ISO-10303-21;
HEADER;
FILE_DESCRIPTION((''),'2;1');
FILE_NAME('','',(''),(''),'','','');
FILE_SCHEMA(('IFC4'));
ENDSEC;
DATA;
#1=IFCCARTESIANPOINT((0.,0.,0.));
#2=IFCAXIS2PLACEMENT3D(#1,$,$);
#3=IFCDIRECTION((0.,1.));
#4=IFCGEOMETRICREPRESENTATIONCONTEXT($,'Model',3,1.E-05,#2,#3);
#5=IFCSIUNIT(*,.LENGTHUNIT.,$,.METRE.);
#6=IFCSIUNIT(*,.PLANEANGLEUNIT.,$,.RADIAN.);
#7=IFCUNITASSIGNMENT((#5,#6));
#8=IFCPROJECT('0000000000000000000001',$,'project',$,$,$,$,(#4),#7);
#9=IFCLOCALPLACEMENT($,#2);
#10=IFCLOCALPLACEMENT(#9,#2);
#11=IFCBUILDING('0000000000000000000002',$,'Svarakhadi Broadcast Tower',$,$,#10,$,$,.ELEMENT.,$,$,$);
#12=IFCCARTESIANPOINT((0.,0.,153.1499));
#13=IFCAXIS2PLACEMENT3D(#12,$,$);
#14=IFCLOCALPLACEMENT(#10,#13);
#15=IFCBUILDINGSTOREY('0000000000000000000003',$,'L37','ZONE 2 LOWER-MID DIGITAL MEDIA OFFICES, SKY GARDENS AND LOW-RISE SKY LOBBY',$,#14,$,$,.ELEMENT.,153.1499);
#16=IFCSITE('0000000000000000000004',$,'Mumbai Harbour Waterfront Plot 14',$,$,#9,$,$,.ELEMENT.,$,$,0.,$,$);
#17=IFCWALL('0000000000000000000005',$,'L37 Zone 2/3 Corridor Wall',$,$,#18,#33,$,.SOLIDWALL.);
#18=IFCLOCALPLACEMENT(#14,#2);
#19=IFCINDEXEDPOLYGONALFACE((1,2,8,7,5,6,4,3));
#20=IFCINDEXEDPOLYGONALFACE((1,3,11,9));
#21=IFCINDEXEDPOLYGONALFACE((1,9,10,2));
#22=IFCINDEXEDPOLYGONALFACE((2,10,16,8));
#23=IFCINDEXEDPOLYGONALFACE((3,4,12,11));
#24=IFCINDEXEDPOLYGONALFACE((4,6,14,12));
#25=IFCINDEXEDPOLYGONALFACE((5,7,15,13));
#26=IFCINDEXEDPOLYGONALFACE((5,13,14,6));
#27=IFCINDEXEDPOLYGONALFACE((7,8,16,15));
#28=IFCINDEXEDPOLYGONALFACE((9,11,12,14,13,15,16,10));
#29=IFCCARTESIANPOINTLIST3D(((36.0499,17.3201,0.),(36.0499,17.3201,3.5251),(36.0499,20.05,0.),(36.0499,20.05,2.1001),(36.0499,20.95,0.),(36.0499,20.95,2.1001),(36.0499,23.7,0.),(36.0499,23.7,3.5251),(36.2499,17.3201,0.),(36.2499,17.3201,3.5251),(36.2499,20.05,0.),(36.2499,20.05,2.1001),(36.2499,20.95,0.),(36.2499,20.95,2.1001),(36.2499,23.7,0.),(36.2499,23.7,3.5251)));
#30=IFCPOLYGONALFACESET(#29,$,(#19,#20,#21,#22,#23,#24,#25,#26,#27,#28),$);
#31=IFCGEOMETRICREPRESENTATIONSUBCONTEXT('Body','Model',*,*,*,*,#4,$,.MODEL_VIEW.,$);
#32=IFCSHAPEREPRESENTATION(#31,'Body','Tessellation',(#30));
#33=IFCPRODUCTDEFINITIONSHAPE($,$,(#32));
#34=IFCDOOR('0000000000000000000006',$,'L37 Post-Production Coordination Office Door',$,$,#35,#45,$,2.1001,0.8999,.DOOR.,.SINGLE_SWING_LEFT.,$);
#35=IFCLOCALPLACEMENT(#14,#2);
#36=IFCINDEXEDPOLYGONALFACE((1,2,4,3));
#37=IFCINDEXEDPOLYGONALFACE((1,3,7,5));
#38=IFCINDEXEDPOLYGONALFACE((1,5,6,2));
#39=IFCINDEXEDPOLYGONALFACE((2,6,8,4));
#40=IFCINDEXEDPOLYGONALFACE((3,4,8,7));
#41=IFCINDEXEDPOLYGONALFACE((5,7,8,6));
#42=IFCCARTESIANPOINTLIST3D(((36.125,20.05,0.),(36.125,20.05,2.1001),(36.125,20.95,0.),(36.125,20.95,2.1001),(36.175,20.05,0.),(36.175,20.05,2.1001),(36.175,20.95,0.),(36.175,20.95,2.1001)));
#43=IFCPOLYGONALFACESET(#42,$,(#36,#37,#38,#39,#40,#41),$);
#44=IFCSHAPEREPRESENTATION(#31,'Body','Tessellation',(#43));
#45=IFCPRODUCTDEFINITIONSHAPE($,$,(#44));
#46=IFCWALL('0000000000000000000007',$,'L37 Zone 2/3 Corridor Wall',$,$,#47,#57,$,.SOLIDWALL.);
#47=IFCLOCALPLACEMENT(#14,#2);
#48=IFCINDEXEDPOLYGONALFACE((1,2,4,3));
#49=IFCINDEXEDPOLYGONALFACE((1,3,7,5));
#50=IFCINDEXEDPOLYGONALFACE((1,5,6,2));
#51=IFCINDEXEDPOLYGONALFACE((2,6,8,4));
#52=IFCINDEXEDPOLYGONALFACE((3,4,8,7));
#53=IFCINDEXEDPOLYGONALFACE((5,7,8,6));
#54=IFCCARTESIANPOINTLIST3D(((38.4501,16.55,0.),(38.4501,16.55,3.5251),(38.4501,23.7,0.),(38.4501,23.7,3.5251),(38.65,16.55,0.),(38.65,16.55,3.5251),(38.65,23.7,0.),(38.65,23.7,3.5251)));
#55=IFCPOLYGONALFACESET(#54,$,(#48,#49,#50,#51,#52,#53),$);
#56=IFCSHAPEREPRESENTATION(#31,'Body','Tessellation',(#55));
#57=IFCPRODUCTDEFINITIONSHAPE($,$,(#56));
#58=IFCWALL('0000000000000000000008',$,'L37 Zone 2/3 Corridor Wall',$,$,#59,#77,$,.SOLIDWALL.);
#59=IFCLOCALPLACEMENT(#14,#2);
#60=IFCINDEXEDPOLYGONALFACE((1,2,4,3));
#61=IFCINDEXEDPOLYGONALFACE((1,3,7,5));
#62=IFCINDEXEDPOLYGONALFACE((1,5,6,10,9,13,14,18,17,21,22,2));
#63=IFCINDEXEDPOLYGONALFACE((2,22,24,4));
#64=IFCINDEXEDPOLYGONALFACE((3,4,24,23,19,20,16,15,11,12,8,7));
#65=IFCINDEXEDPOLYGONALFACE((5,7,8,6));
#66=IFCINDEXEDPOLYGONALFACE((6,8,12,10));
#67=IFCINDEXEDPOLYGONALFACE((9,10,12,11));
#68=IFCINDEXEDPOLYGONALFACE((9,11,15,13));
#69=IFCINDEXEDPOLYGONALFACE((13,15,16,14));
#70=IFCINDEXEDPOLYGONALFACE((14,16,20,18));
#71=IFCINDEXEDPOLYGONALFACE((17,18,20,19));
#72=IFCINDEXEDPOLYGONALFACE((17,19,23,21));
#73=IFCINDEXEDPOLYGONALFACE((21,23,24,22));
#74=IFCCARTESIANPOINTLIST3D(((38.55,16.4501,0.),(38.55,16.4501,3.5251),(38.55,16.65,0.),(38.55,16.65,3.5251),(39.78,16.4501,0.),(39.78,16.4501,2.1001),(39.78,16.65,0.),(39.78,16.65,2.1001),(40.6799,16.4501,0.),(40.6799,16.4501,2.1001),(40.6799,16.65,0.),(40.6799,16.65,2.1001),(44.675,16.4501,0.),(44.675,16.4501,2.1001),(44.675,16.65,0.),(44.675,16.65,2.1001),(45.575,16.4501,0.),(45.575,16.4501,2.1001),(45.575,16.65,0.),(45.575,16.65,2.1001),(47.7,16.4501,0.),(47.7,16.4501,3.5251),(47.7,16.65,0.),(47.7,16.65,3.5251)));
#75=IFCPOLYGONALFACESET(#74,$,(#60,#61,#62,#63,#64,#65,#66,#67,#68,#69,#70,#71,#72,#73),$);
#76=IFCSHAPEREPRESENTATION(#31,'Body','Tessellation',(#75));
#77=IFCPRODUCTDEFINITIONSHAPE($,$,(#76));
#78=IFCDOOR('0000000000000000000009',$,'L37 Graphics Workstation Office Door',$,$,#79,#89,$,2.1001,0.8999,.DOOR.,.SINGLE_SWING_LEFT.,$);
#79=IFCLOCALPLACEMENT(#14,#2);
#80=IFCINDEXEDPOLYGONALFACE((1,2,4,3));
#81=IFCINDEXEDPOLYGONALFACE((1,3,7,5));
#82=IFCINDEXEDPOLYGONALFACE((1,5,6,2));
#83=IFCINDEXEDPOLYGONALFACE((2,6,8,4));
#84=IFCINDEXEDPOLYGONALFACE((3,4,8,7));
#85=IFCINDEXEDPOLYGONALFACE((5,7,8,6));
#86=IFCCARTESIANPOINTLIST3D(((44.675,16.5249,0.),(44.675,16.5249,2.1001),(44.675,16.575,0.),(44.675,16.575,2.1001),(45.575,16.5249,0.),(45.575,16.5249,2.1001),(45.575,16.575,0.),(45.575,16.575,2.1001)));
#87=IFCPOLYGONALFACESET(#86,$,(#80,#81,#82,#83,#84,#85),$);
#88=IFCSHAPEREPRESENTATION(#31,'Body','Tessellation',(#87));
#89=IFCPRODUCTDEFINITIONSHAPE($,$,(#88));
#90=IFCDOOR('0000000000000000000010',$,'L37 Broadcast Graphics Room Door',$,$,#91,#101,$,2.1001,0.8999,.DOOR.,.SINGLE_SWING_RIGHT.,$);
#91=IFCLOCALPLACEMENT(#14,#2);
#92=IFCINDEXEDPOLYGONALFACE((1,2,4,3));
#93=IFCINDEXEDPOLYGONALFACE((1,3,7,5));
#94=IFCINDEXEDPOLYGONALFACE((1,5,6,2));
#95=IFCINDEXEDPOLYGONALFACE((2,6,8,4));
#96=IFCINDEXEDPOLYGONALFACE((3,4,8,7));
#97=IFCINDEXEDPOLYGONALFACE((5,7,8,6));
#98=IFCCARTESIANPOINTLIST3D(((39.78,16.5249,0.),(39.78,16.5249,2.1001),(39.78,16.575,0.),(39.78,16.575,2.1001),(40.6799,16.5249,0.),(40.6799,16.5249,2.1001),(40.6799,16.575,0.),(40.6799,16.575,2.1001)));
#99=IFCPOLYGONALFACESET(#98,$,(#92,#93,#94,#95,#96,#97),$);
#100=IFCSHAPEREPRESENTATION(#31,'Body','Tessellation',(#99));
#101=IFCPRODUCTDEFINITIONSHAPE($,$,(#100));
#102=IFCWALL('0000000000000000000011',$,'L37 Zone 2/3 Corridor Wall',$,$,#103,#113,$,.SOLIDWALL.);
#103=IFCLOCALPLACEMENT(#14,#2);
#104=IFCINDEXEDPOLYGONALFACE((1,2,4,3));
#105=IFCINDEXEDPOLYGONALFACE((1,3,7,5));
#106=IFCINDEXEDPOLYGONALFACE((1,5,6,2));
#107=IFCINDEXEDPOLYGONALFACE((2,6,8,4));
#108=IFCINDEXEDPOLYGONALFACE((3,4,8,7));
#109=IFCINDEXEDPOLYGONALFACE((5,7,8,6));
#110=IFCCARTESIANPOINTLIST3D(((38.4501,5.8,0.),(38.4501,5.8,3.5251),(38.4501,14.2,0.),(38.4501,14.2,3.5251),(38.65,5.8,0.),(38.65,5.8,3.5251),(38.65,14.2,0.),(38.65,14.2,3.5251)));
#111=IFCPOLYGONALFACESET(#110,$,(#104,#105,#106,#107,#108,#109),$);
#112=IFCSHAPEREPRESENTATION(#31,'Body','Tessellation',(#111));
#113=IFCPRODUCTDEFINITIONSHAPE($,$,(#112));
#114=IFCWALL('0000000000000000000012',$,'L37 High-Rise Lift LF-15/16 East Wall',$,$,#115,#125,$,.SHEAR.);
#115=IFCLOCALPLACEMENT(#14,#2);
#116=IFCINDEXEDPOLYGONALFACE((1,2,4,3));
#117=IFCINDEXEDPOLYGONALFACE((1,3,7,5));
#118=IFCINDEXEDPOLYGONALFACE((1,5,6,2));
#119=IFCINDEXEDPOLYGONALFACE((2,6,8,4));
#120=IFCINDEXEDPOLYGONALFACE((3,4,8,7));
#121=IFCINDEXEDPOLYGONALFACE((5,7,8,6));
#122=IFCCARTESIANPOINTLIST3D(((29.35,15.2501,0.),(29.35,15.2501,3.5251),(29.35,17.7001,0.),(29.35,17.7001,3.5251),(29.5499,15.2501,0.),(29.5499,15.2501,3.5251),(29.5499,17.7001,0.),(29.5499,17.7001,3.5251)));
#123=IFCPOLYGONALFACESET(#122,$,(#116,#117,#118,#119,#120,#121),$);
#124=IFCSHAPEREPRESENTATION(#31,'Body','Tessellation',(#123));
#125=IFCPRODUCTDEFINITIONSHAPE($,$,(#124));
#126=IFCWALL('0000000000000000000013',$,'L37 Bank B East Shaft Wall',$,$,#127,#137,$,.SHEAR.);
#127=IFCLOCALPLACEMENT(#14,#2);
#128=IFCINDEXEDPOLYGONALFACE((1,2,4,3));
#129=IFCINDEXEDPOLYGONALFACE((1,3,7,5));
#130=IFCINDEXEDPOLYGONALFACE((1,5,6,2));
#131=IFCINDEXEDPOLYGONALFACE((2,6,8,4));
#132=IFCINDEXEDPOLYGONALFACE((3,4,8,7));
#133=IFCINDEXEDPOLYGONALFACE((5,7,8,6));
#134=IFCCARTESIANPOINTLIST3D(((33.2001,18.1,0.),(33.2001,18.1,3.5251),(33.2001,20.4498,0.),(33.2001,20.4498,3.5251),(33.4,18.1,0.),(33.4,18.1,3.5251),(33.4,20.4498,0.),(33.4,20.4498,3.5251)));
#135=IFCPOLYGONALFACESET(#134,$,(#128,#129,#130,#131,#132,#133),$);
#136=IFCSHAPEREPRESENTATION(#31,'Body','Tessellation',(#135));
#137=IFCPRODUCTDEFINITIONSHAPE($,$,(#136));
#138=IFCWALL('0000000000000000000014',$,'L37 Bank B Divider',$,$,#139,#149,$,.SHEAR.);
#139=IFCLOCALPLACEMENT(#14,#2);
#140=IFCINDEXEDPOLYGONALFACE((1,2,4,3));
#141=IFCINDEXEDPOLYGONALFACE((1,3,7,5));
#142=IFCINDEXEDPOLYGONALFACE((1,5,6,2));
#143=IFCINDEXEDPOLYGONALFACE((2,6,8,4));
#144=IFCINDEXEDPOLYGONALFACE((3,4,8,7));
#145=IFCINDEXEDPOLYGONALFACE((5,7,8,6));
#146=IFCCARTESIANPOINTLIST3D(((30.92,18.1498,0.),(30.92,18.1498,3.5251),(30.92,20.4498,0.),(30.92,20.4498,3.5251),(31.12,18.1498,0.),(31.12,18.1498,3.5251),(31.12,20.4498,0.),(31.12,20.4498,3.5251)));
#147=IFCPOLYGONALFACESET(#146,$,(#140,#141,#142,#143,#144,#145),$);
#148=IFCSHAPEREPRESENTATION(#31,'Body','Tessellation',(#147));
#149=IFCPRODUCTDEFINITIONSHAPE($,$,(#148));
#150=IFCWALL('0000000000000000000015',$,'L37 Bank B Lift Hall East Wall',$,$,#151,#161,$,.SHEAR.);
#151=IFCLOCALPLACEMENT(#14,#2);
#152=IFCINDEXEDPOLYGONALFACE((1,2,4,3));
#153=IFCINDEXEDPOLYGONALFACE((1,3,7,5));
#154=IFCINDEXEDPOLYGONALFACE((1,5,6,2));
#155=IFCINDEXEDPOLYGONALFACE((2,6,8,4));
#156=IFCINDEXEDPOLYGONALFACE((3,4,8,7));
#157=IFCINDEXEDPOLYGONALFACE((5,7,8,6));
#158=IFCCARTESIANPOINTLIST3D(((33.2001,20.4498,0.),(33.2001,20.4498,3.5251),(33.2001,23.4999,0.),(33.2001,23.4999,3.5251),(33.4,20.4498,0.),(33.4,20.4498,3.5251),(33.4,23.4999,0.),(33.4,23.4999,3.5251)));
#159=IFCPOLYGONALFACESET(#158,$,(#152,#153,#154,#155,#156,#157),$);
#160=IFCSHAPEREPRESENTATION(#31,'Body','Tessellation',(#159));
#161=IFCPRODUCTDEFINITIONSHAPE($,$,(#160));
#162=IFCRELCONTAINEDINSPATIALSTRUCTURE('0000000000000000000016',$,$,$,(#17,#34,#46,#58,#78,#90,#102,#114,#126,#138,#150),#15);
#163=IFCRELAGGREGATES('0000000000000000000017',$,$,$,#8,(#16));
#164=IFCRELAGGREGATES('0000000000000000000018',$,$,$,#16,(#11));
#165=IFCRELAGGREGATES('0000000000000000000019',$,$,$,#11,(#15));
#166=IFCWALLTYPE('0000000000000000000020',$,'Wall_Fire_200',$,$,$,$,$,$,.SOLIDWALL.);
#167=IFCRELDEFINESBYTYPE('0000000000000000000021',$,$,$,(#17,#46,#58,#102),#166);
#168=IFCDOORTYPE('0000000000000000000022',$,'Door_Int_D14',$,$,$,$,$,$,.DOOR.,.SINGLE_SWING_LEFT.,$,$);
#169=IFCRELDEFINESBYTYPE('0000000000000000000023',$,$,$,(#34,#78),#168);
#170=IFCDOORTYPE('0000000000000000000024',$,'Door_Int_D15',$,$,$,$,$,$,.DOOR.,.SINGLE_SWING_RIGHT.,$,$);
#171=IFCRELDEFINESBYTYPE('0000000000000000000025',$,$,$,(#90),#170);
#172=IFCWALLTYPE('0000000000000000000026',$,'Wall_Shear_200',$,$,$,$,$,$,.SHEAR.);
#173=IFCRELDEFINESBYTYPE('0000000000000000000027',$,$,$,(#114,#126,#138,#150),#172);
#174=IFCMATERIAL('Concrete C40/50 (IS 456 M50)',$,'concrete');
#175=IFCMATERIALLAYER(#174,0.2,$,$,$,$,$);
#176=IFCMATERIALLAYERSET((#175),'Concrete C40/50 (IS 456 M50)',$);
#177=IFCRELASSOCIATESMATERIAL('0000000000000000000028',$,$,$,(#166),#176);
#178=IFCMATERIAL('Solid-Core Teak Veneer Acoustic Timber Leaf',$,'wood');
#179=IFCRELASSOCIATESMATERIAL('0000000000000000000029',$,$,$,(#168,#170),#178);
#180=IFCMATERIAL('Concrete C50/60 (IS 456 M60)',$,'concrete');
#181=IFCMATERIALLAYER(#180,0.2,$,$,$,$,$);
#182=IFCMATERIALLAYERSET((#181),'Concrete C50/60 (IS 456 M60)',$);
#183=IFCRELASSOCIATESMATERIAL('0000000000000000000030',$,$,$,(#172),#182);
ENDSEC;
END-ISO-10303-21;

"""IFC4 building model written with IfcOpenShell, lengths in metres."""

from ifc_helpers import new_model, si_unit, direction, frame, frame_2d, origin, place, context, subcontext, project, spatial, rectangle, extrude, material, layer, layer_set, type_object, element, fill, save


model = new_model("IFC4")

# Units and contexts
model_context = context("Model", 3, precision=1e-05, world=origin(), true_north=direction((0.0, 1.0)))
body_context = subcontext(model_context, "Body", "Model", "MODEL_VIEW")
ifc_project = project(units=[si_unit("LENGTHUNIT", "METRE"), si_unit("PLANEANGLEUNIT", "RADIAN")], contexts=[model_context])

# Site, building, storey
site_placement = place(None, origin())
site = spatial("IfcSite", under=ifc_project, at=site_placement, Name="Mumbai Harbour Waterfront Plot 14", CompositionType="ELEMENT", RefElevation=0.0)
building_placement = place(site_placement, origin())
building = spatial("IfcBuilding", under=site, at=building_placement, Name="Svarakhadi Broadcast Tower", CompositionType="ELEMENT")
storey_placement = place(building_placement, frame((0.0, 0.0, 153.1499)))
storey = spatial("IfcBuildingStorey", under=building, at=storey_placement, Name="L37", Description="ZONE 2 LOWER-MID DIGITAL MEDIA OFFICES, SKY GARDENS AND LOW-RISE SKY LOBBY", CompositionType="ELEMENT", Elevation=153.1499)

# Shared definitions
ifc_material_1 = material(Name="Concrete C50/60 (IS 456 M60)", Category="concrete")

# Shared definitions
ifc_material_2 = material(Name="Concrete C40/50 (IS 456 M50)", Category="concrete")
ifc_layer_1 = layer(ifc_material_2, 0.2)
ifc_layer_set_1 = layer_set([ifc_layer_1], Name="Concrete C40/50 (IS 456 M50)")
wall_type_1 = type_object("IfcWallType", Name="Wall_Fire_200", PredefinedType="SOLIDWALL", material=ifc_layer_set_1)

# Wall, opening, door
wall_1_placement = place(storey_placement, frame((36.1499, 17.3201, 0.0), z_axis=(0.0, 0.0, 1.0), x_axis=(0.0, 1.0, 0.0)))
wall_1 = element("IfcWall", 1, at=wall_1_placement, inside=storey, type_object=wall_type_1, Name="L37 Zone 2/3 Corridor Wall", PredefinedType="SOLIDWALL", context=body_context, shape_type="SweptSolid", body=[
    extrude(rectangle(XDim=6.3799, YDim=0.2, at=frame_2d((3.1899, 0.0))), origin(), (0.0, 0.0, 1.0), 3.5251),
])
opening_1_placement = place(wall_1_placement, frame((2.73, 0.0, 0.0)))
opening_1 = element("IfcOpeningElement", 2, at=opening_1_placement, cuts=wall_1, PredefinedType="OPENING", context=body_context, shape_type="SweptSolid", body=[
    extrude(rectangle(XDim=0.8999, YDim=2.1001, at=frame_2d((0.45, 1.05))), frame((0.0, 0.1099, 0.0), z_axis=(0.0, -1.0, 0.0), x_axis=(1.0, 0.0, 0.0)), (0.0, 0.0, 1.0), 0.22),
])
ifc_material_3 = material(Name="Solid-Core Teak Veneer Acoustic Timber Leaf", Category="wood")
door_type_1 = type_object("IfcDoorType", Name="Door_Int_D14", OperationType="SINGLE_SWING_LEFT", PredefinedType="DOOR", material=ifc_material_3)
door_1_placement = place(opening_1_placement, origin())
door_1 = element("IfcDoor", 3, at=door_1_placement, inside=storey, type_object=door_type_1, Name="L37 Post-Production Coordination Office Door", OperationType="SINGLE_SWING_LEFT", OverallHeight=2.1001, OverallWidth=0.8999, PredefinedType="DOOR", context=body_context, shape_type="SweptSolid", body=[
    extrude(rectangle(XDim=0.8999, YDim=2.1001, at=frame_2d((0.45, 1.05))), frame((0.0, 0.0249, 0.0), z_axis=(0.0, -1.0, 0.0), x_axis=(1.0, 0.0, 0.0)), (0.0, 0.0, 1.0), 0.05),
])
fill(opening_1, door_1)

# Wall
wall_2_placement = place(storey_placement, frame((38.55, 23.7, 0.0), z_axis=(0.0, 0.0, 1.0), x_axis=(0.0, -1.0, 0.0)))
element("IfcWall", 4, at=wall_2_placement, inside=storey, type_object=wall_type_1, Name="L37 Zone 2/3 Corridor Wall", PredefinedType="SOLIDWALL", context=body_context, shape_type="SweptSolid", body=[
    extrude(rectangle(XDim=7.1499, YDim=0.2, at=frame_2d((3.575, 0.0))), origin(), (0.0, 0.0, 1.0), 3.5251),
])

# Wall, openings, doors
wall_3_placement = place(storey_placement, frame((38.55, 16.55, 0.0), z_axis=(0.0, 0.0, 1.0), x_axis=(1.0, 0.0, 0.0)))
wall_3 = element("IfcWall", 5, at=wall_3_placement, inside=storey, type_object=wall_type_1, Name="L37 Zone 2/3 Corridor Wall", PredefinedType="SOLIDWALL", context=body_context, shape_type="SweptSolid", body=[
    extrude(rectangle(XDim=9.1499, YDim=0.2, at=frame_2d((4.575, 0.0))), origin(), (0.0, 0.0, 1.0), 3.5251),
])
opening_2_placement = place(wall_3_placement, frame((1.23, 0.0, 0.0)))
opening_2 = element("IfcOpeningElement", 6, at=opening_2_placement, cuts=wall_3, PredefinedType="OPENING", context=body_context, shape_type="SweptSolid", body=[
    extrude(rectangle(XDim=0.8999, YDim=2.1001, at=frame_2d((0.45, 1.05))), frame((0.0, 0.1099, 0.0), z_axis=(0.0, -1.0, 0.0), x_axis=(1.0, 0.0, 0.0)), (0.0, 0.0, 1.0), 0.22),
])
opening_3_placement = place(wall_3_placement, frame((6.125, 0.0, 0.0)))
opening_3 = element("IfcOpeningElement", 7, at=opening_3_placement, cuts=wall_3, PredefinedType="OPENING", context=body_context, shape_type="SweptSolid", body=[
    extrude(rectangle(XDim=0.8999, YDim=2.1001, at=frame_2d((0.45, 1.05))), frame((0.0, 0.1099, 0.0), z_axis=(0.0, -1.0, 0.0), x_axis=(1.0, 0.0, 0.0)), (0.0, 0.0, 1.0), 0.22),
])
door_2_placement = place(opening_3_placement, origin())
door_2 = element("IfcDoor", 8, at=door_2_placement, inside=storey, type_object=door_type_1, Name="L37 Graphics Workstation Office Door", OperationType="SINGLE_SWING_LEFT", OverallHeight=2.1001, OverallWidth=0.8999, PredefinedType="DOOR", context=body_context, shape_type="SweptSolid", body=[
    extrude(rectangle(XDim=0.8999, YDim=2.1001, at=frame_2d((0.45, 1.05))), frame((0.0, 0.0249, 0.0), z_axis=(0.0, -1.0, 0.0), x_axis=(1.0, 0.0, 0.0)), (0.0, 0.0, 1.0), 0.05),
])
fill(opening_3, door_2)
door_type_2 = type_object("IfcDoorType", Name="Door_Int_D15", OperationType="SINGLE_SWING_RIGHT", PredefinedType="DOOR", material=ifc_material_3)
door_3_placement = place(opening_2_placement, origin())
door_3 = element("IfcDoor", 9, at=door_3_placement, inside=storey, type_object=door_type_2, Name="L37 Broadcast Graphics Room Door", OperationType="SINGLE_SWING_RIGHT", OverallHeight=2.1001, OverallWidth=0.8999, PredefinedType="DOOR", context=body_context, shape_type="SweptSolid", body=[
    extrude(rectangle(XDim=0.8999, YDim=2.1001, at=frame_2d((0.45, 1.05))), frame((0.0, 0.0249, 0.0), z_axis=(0.0, -1.0, 0.0), x_axis=(1.0, 0.0, 0.0)), (0.0, 0.0, 1.0), 0.05),
])
fill(opening_2, door_3)

# Wall
wall_4_placement = place(storey_placement, frame((38.55, 14.2, 0.0), z_axis=(0.0, 0.0, 1.0), x_axis=(0.0, -1.0, 0.0)))
element("IfcWall", 10, at=wall_4_placement, inside=storey, type_object=wall_type_1, Name="L37 Zone 2/3 Corridor Wall", PredefinedType="SOLIDWALL", context=body_context, shape_type="SweptSolid", body=[
    extrude(rectangle(XDim=8.3999, YDim=0.2, at=frame_2d((4.2, 0.0))), origin(), (0.0, 0.0, 1.0), 3.5251),
])

# Walls
ifc_layer_2 = layer(ifc_material_1, 0.2)
ifc_layer_set_2 = layer_set([ifc_layer_2], Name="Concrete C50/60 (IS 456 M60)")
wall_type_2 = type_object("IfcWallType", Name="Wall_Shear_200", PredefinedType="SHEAR", material=ifc_layer_set_2)
wall_5_placement = place(storey_placement, frame((29.45, 15.25, 0.0), z_axis=(0.0, 0.0, 1.0), x_axis=(0.0, 1.0, 0.0)))
element("IfcWall", 11, at=wall_5_placement, inside=storey, type_object=wall_type_2, Name="L37 High-Rise Lift LF-15/16 East Wall", PredefinedType="SHEAR", context=body_context, shape_type="SweptSolid", body=[
    extrude(rectangle(XDim=2.45, YDim=0.2, at=frame_2d((1.2251, 0.0))), origin(), (0.0, 0.0, 1.0), 3.5251),
])
wall_6_placement = place(storey_placement, frame((33.3, 18.1001, 0.0), z_axis=(0.0, 0.0, 1.0), x_axis=(0.0, 1.0, 0.0)))
element("IfcWall", 12, at=wall_6_placement, inside=storey, type_object=wall_type_2, Name="L37 Bank B East Shaft Wall", PredefinedType="SHEAR", context=body_context, shape_type="SweptSolid", body=[
    extrude(rectangle(XDim=2.3499, YDim=0.2, at=frame_2d((1.1748, 0.0))), origin(), (0.0, 0.0, 1.0), 3.5251),
])
wall_7_placement = place(storey_placement, frame((31.02, 18.1499, 0.0), z_axis=(0.0, 0.0, 1.0), x_axis=(0.0, 1.0, 0.0)))
element("IfcWall", 13, at=wall_7_placement, inside=storey, type_object=wall_type_2, Name="L37 Bank B Divider", PredefinedType="SHEAR", context=body_context, shape_type="SweptSolid", body=[
    extrude(rectangle(XDim=2.3, YDim=0.2, at=frame_2d((1.1499, 0.0))), origin(), (0.0, 0.0, 1.0), 3.5251),
])
wall_8_placement = place(storey_placement, frame((33.3, 20.45, 0.0), z_axis=(0.0, 0.0, 1.0), x_axis=(0.0, 1.0, 0.0)))
element("IfcWall", 14, at=wall_8_placement, inside=storey, type_object=wall_type_2, Name="L37 Bank B Lift Hall East Wall", PredefinedType="SHEAR", context=body_context, shape_type="SweptSolid", body=[
    extrude(rectangle(XDim=3.05, YDim=0.2, at=frame_2d((1.5249, 0.0))), origin(), (0.0, 0.0, 1.0), 3.5251),
])

save(model, "model.ifc")
